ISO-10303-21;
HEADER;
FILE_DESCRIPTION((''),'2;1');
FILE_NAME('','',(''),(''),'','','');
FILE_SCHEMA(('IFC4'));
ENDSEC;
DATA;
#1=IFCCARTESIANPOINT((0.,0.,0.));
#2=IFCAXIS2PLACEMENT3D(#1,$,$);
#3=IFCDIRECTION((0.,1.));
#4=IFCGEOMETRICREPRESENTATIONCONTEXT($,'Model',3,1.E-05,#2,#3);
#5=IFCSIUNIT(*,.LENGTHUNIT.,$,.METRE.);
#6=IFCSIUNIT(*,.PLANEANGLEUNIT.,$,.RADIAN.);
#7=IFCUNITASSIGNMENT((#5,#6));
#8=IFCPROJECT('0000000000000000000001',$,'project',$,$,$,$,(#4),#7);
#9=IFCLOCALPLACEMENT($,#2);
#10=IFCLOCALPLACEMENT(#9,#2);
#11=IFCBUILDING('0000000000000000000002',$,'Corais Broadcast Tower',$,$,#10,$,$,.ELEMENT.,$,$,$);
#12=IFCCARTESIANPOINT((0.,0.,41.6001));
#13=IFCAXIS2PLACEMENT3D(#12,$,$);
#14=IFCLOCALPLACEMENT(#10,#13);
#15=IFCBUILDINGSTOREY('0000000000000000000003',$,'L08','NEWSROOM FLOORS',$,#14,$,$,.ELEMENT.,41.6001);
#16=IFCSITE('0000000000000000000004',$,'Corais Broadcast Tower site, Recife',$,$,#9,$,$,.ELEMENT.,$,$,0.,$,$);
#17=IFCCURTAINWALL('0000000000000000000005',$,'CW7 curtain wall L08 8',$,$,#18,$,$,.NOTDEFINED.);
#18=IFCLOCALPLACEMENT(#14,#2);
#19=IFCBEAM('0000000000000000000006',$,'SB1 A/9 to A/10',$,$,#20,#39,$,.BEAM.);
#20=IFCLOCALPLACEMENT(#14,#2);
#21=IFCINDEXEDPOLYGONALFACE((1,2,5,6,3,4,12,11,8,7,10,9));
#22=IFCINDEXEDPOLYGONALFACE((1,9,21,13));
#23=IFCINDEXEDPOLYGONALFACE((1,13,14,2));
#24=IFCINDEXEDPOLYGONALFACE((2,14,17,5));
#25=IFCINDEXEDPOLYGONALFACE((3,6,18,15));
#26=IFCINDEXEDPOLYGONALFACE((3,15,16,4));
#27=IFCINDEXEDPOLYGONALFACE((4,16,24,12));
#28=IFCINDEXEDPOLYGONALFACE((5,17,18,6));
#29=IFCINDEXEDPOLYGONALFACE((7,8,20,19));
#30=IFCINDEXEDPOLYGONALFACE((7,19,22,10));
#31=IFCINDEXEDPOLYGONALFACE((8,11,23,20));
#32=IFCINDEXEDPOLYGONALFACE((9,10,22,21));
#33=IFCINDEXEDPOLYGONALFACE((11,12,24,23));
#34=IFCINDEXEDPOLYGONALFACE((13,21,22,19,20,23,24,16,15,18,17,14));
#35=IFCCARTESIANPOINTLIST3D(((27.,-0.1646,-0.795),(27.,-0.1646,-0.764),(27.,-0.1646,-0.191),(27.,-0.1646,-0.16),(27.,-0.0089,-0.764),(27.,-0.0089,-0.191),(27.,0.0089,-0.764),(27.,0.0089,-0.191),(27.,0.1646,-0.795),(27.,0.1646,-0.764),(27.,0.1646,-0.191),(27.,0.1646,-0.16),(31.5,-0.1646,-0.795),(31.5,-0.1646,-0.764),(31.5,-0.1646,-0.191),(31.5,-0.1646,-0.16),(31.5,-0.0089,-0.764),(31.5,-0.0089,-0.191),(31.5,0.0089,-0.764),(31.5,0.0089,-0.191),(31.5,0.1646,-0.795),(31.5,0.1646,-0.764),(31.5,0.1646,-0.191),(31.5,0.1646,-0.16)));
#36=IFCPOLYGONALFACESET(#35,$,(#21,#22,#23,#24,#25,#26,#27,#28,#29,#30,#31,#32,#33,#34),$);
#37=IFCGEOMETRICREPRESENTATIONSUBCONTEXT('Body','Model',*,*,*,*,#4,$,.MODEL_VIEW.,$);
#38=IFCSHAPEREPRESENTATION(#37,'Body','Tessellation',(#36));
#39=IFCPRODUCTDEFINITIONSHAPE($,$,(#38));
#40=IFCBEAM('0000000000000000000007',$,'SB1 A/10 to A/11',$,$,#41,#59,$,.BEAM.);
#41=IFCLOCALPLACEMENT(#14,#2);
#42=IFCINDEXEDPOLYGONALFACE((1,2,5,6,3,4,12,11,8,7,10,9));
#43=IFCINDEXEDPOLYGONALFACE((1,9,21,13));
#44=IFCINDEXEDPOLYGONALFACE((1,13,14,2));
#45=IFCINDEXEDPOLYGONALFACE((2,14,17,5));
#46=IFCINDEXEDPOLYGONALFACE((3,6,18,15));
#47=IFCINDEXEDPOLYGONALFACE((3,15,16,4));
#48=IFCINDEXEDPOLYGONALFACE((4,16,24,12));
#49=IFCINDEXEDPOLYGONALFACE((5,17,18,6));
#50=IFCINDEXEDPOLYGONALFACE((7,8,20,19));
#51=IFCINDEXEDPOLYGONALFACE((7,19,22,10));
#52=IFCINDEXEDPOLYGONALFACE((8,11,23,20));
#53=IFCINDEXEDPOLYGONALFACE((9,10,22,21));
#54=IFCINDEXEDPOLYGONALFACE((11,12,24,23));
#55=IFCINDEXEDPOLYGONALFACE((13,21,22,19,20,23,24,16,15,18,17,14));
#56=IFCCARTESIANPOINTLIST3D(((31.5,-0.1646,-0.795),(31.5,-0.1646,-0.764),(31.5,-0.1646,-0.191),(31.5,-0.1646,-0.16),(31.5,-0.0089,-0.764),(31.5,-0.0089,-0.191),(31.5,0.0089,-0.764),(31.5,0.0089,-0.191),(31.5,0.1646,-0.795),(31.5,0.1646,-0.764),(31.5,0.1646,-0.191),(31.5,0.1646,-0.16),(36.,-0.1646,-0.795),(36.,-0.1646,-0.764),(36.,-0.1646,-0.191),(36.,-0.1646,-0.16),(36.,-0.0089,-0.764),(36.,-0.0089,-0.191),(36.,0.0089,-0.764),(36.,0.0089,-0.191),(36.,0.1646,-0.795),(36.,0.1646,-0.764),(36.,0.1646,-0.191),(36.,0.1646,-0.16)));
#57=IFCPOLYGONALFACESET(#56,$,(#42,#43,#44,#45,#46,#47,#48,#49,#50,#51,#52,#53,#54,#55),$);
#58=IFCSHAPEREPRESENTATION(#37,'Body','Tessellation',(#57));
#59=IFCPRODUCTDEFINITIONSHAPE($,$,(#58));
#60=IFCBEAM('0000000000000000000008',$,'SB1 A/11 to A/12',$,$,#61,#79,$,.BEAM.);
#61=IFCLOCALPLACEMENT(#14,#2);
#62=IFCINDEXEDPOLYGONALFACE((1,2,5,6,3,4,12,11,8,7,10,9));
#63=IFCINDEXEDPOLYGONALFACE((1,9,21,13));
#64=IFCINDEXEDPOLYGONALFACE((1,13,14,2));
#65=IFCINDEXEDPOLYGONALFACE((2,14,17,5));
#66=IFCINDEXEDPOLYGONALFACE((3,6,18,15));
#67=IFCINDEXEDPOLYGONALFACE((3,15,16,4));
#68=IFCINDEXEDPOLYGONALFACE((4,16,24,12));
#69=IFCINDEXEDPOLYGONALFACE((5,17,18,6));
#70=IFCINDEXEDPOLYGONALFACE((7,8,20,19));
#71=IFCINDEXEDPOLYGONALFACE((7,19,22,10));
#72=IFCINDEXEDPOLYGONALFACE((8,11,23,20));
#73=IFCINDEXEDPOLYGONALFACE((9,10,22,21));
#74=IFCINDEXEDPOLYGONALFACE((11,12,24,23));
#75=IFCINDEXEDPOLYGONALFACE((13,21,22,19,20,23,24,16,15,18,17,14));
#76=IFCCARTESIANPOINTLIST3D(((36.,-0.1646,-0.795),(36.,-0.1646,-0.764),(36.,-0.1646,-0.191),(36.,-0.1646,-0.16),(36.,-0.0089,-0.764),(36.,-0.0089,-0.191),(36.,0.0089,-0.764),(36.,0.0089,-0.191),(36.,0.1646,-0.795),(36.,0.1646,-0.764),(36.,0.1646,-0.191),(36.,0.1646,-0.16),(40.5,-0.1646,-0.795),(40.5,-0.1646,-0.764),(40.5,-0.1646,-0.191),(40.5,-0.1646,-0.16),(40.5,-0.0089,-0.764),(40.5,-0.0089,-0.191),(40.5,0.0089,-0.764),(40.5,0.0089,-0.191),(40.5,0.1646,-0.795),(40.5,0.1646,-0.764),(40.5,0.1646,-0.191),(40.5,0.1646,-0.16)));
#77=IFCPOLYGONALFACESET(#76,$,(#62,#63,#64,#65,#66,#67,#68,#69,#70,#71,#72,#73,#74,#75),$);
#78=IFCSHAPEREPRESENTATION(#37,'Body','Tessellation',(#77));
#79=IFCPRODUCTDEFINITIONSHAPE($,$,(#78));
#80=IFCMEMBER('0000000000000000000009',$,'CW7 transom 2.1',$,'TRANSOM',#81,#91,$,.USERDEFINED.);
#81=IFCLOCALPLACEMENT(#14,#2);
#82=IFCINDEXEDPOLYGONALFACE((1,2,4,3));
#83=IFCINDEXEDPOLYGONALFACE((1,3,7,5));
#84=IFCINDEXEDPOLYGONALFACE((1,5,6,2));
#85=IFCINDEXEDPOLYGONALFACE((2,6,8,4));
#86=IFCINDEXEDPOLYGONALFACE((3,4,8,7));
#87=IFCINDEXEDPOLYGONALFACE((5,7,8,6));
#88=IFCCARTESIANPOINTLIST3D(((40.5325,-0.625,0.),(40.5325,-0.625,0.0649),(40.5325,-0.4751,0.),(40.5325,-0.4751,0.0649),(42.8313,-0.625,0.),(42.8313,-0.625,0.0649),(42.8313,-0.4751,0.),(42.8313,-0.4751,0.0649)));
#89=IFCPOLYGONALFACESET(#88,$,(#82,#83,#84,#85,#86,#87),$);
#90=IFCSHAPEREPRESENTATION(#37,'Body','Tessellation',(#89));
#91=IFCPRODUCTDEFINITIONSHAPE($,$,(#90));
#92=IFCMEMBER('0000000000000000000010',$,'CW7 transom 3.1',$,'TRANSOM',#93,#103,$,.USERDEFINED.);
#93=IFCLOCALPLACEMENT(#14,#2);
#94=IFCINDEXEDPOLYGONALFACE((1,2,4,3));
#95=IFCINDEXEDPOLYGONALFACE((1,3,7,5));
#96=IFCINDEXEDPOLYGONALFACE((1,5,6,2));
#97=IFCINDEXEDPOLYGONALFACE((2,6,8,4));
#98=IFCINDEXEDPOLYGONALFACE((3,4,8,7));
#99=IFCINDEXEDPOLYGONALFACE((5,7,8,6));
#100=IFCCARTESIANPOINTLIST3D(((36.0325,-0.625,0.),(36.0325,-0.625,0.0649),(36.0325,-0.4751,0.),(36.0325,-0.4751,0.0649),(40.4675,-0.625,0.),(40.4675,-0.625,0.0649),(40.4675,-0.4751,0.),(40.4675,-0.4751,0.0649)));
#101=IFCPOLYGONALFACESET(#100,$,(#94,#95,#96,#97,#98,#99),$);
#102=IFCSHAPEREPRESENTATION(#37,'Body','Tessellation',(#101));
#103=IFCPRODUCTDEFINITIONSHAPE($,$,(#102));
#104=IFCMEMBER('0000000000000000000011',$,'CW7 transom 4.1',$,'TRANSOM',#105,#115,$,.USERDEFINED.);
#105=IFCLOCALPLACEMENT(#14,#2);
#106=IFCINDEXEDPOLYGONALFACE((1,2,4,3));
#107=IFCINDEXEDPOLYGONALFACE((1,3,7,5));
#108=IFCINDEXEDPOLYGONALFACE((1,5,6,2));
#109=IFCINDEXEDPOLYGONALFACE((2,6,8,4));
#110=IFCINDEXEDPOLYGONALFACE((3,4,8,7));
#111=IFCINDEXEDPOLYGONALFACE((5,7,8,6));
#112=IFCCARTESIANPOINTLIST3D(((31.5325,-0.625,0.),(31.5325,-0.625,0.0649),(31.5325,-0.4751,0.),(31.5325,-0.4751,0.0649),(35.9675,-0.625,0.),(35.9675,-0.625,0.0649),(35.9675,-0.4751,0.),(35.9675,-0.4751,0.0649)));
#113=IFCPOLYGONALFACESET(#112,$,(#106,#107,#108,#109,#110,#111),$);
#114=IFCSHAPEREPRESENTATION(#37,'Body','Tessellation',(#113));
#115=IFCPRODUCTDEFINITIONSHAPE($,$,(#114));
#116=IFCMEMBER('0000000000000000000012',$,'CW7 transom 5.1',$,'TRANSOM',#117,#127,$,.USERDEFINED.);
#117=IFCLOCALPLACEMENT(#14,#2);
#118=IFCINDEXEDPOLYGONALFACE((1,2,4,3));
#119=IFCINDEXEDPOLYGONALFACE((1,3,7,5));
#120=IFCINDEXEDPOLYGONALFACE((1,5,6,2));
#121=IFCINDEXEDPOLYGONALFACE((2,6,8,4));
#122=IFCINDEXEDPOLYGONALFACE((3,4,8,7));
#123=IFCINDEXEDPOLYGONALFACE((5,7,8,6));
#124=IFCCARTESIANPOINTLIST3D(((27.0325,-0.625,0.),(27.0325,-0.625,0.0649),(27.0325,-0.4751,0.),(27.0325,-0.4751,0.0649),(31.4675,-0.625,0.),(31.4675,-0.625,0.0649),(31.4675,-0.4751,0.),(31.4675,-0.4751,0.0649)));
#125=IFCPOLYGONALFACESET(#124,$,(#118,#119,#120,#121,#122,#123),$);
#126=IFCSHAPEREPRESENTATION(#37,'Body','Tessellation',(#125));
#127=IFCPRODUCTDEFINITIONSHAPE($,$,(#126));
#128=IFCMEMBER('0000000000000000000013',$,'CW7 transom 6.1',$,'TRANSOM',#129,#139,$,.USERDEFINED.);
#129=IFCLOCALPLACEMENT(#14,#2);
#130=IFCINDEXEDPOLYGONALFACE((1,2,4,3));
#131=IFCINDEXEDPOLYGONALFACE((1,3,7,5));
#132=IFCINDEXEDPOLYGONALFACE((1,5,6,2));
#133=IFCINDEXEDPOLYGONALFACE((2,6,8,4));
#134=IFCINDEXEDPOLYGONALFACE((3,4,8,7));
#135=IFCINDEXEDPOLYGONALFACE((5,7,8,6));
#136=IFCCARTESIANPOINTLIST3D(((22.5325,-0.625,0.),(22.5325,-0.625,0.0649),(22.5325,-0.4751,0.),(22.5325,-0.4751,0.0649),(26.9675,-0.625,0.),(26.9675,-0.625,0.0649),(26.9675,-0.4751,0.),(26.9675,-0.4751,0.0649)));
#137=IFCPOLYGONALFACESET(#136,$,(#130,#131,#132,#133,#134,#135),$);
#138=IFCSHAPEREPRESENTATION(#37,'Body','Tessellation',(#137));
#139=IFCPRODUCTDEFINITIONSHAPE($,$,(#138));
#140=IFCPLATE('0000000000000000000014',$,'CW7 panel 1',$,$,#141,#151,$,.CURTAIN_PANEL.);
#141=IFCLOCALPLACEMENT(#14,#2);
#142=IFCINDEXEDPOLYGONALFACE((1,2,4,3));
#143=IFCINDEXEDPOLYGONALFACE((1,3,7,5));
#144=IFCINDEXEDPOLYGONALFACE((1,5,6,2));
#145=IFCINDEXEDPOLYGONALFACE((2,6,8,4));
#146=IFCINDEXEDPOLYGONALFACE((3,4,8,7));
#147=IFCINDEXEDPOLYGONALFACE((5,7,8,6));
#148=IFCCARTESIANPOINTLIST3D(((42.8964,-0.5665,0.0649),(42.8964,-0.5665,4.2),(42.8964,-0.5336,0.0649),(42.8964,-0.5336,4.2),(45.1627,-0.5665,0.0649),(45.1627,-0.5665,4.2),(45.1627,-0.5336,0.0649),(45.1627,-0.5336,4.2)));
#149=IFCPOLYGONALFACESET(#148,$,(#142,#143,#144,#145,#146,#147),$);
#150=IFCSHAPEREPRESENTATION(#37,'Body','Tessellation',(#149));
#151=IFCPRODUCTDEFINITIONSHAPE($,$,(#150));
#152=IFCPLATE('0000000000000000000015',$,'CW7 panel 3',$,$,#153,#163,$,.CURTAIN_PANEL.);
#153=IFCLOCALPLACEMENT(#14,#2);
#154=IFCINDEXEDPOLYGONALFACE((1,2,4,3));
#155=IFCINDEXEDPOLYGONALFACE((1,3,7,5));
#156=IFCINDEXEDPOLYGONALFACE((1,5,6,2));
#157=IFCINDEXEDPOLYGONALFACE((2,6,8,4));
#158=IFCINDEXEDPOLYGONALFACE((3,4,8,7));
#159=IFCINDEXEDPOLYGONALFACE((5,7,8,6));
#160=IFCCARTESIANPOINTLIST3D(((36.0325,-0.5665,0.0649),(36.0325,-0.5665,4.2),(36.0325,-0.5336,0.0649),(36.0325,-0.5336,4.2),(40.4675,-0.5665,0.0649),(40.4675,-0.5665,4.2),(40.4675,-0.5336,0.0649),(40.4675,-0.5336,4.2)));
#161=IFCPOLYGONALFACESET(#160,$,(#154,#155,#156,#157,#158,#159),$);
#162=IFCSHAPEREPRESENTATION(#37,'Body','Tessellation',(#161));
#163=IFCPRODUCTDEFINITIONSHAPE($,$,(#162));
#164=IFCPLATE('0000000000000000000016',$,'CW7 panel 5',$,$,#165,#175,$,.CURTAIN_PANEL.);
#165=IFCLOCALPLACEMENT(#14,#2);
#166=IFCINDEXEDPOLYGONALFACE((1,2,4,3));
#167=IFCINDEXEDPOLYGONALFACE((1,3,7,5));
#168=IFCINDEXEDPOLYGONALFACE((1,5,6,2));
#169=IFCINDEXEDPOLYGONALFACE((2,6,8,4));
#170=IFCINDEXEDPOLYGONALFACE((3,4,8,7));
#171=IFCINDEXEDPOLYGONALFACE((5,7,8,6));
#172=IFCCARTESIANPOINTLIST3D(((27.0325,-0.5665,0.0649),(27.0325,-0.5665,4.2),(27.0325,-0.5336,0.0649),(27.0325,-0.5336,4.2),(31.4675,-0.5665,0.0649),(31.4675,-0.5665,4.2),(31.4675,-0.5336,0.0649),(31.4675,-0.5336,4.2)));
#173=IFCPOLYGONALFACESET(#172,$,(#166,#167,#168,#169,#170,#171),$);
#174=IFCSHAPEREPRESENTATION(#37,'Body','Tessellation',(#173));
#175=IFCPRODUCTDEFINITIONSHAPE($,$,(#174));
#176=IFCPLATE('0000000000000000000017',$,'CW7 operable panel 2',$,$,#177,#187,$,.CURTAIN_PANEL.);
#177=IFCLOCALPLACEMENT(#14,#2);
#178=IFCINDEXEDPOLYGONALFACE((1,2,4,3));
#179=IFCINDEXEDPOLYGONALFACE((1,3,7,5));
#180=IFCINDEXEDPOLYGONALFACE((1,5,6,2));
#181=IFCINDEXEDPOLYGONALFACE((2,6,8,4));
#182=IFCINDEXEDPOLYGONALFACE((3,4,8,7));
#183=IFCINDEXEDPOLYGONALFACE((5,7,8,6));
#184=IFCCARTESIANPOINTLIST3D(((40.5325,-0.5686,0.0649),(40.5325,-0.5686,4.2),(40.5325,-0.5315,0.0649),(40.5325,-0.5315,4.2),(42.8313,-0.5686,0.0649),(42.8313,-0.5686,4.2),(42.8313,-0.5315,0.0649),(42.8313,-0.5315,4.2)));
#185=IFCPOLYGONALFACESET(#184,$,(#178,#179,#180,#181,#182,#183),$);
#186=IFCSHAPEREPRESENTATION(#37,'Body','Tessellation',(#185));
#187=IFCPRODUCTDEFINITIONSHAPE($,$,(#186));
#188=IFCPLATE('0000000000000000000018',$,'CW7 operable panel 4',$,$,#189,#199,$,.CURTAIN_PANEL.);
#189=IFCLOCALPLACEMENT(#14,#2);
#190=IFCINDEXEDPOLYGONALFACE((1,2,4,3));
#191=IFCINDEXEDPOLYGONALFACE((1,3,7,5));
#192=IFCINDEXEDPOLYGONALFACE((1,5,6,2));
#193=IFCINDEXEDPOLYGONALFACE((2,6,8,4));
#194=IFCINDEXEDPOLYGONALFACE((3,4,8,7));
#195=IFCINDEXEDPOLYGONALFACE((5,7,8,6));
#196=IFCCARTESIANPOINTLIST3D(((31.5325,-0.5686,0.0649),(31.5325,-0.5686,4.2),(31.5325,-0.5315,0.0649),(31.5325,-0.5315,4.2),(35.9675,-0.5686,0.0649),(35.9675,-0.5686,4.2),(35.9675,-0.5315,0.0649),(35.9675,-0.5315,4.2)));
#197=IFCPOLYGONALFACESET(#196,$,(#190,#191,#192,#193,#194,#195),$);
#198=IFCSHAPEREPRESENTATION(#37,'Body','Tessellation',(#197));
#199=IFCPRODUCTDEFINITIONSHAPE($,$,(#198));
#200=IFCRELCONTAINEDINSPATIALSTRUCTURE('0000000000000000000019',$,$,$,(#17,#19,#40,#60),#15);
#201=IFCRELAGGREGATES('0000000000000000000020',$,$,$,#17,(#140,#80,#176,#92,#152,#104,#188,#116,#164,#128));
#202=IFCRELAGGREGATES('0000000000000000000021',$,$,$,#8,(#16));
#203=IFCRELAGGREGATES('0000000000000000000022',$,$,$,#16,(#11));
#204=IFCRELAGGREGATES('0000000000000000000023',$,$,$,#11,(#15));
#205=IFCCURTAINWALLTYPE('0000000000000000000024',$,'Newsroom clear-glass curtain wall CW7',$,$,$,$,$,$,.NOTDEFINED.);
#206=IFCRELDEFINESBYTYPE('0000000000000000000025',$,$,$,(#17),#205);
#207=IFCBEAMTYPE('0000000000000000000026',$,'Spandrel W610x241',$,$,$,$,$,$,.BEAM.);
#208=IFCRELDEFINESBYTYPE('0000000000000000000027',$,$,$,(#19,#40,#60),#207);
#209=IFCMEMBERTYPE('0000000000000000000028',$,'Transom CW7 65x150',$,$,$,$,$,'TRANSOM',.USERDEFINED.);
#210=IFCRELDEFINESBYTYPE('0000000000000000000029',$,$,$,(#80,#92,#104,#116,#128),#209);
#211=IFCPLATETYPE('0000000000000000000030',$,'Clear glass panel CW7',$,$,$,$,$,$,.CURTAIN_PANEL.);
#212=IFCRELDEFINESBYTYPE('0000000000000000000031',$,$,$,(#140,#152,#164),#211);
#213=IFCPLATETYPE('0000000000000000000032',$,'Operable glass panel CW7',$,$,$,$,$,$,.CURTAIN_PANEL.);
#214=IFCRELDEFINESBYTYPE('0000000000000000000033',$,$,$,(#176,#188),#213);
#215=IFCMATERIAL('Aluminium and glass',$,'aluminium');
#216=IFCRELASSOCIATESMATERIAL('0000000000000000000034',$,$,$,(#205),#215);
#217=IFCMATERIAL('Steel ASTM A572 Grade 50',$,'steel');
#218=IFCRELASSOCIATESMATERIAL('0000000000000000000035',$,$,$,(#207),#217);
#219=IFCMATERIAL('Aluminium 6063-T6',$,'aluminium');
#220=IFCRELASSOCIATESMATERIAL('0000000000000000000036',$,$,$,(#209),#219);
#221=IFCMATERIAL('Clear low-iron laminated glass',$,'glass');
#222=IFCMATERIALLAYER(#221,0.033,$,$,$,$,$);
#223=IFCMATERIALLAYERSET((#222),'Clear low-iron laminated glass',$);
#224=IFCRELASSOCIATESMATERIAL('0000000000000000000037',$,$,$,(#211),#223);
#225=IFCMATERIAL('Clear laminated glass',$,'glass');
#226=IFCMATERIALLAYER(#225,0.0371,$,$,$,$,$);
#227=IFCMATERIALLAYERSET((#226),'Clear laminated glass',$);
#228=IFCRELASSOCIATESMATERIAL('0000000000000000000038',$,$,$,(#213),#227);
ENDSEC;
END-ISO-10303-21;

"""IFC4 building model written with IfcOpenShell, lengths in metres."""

from ifc_helpers import new_model, si_unit, direction, frame, origin, origin_2d, place, context, subcontext, project, spatial, rectangle, i_section, extrude, material, layer, layer_set, material_profile, profile_set, type_object, element, aggregate, save


model = new_model("IFC4")

# Units and contexts
model_context = context("Model", 3, precision=1e-05, world=origin(), true_north=direction((0.0, 1.0)))
body_context = subcontext(model_context, "Body", "Model", "MODEL_VIEW")
ifc_project = project(units=[si_unit("LENGTHUNIT", "METRE"), si_unit("PLANEANGLEUNIT", "RADIAN")], contexts=[model_context])

# Site, building, storey
site_placement = place(None, origin())
site = spatial("IfcSite", under=ifc_project, at=site_placement, Name="Corais Broadcast Tower site, Recife", CompositionType="ELEMENT", RefElevation=0.0)
building_placement = place(site_placement, origin())
building = spatial("IfcBuilding", under=site, at=building_placement, Name="Corais Broadcast Tower", CompositionType="ELEMENT")
storey_placement = place(building_placement, frame((0.0, 0.0, 41.6001)))
storey = spatial("IfcBuildingStorey", under=building, at=storey_placement, Name="L08", Description="NEWSROOM FLOORS", CompositionType="ELEMENT", Elevation=41.6001)

# Curtain wall
ifc_material_1 = material(Name="Aluminium and glass", Category="aluminium")
curtain_wall_type = type_object("IfcCurtainWallType", Name="Newsroom clear-glass curtain wall CW7", PredefinedType="NOTDEFINED", material=ifc_material_1)
curtain_wall_placement = place(storey_placement, origin())
curtain_wall = element("IfcCurtainWall", 1, at=curtain_wall_placement, inside=storey, type_object=curtain_wall_type, Name="CW7 curtain wall L08 8", PredefinedType="NOTDEFINED")

# Beams
ifc_material_2 = material(Name="Steel ASTM A572 Grade 50", Category="steel")
ifc_material_profile_1 = material_profile(ifc_material_2, i_section(OverallWidth=0.3291, OverallDepth=0.635, WebThickness=0.0178, FlangeThickness=0.031, at=origin_2d()), Name="W610x241")
ifc_profile_set_1 = profile_set([ifc_material_profile_1], Name="Steel ASTM A572 Grade 50")
beam_type_1 = type_object("IfcBeamType", Name="Spandrel W610x241", PredefinedType="BEAM", material=ifc_profile_set_1)
for number, where, z_axis, x_axis, name in (
    (2, (27.0, 0.0, -0.4775), (1.0, 0.0, 0.0), (0.0, 1.0, 0.0), "SB1 A/9 to A/10"),
    (3, (31.5, 0.0, -0.4775), (1.0, 0.0, 0.0), (0.0, 1.0, 0.0), "SB1 A/10 to A/11"),
    (4, (36.0, 0.0, -0.4775), (1.0, 0.0, 0.0), (0.0, 1.0, 0.0), "SB1 A/11 to A/12"),
):
    element("IfcBeam", number, at=place(storey_placement, frame(where, z_axis=z_axis, x_axis=x_axis)), inside=storey, type_object=beam_type_1, Name=name, PredefinedType="BEAM", context=body_context, shape_type="SweptSolid", body=[
        extrude(i_section(OverallWidth=0.3291, OverallDepth=0.635, WebThickness=0.0178, FlangeThickness=0.031, at=origin_2d()), origin(), (0.0, 0.0, 1.0), 4.5),
    ])

# Members
ifc_material_3 = material(Name="Aluminium 6063-T6", Category="aluminium")
ifc_material_profile_2 = material_profile(ifc_material_3, rectangle(XDim=0.1499, YDim=0.0649, at=origin_2d()), Name="Transom CW7 65x150")
ifc_profile_set_2 = profile_set([ifc_material_profile_2], Name="Aluminium 6063-T6")
member_type_1 = type_object("IfcMemberType", Name="Transom CW7 65x150", ElementType="TRANSOM", PredefinedType="USERDEFINED", material=ifc_profile_set_2)
member_1_placement = place(storey_placement, frame((42.8313, -0.55, 0.0325), z_axis=(-1.0, 0.0, 0.0), x_axis=(0.0, -1.0, 0.0)))
member_1 = element("IfcMember", 5, at=member_1_placement, type_object=member_type_1, Name="CW7 transom 2.1", ObjectType="TRANSOM", PredefinedType="USERDEFINED", context=body_context, shape_type="SweptSolid", body=[
    extrude(rectangle(XDim=0.1499, YDim=0.0649, at=origin_2d()), origin(), (0.0, 0.0, 1.0), 2.2988),
])
member_2_placement = place(storey_placement, frame((40.4675, -0.55, 0.0325), z_axis=(-1.0, 0.0, 0.0), x_axis=(0.0, -1.0, 0.0)))
member_2 = element("IfcMember", 6, at=member_2_placement, type_object=member_type_1, Name="CW7 transom 3.1", ObjectType="TRANSOM", PredefinedType="USERDEFINED", context=body_context, shape_type="SweptSolid", body=[
    extrude(rectangle(XDim=0.1499, YDim=0.0649, at=origin_2d()), origin(), (0.0, 0.0, 1.0), 4.4351),
])
member_3_placement = place(storey_placement, frame((35.9675, -0.55, 0.0325), z_axis=(-1.0, 0.0, 0.0), x_axis=(0.0, -1.0, 0.0)))
member_3 = element("IfcMember", 7, at=member_3_placement, type_object=member_type_1, Name="CW7 transom 4.1", ObjectType="TRANSOM", PredefinedType="USERDEFINED", context=body_context, shape_type="SweptSolid", body=[
    extrude(rectangle(XDim=0.1499, YDim=0.0649, at=origin_2d()), origin(), (0.0, 0.0, 1.0), 4.4351),
])
member_4_placement = place(storey_placement, frame((31.4675, -0.55, 0.0325), z_axis=(-1.0, 0.0, 0.0), x_axis=(0.0, -1.0, 0.0)))
member_4 = element("IfcMember", 8, at=member_4_placement, type_object=member_type_1, Name="CW7 transom 5.1", ObjectType="TRANSOM", PredefinedType="USERDEFINED", context=body_context, shape_type="SweptSolid", body=[
    extrude(rectangle(XDim=0.1499, YDim=0.0649, at=origin_2d()), origin(), (0.0, 0.0, 1.0), 4.4351),
])
member_5_placement = place(storey_placement, frame((26.9675, -0.55, 0.0325), z_axis=(-1.0, 0.0, 0.0), x_axis=(0.0, -1.0, 0.0)))
member_5 = element("IfcMember", 9, at=member_5_placement, type_object=member_type_1, Name="CW7 transom 6.1", ObjectType="TRANSOM", PredefinedType="USERDEFINED", context=body_context, shape_type="SweptSolid", body=[
    extrude(rectangle(XDim=0.1499, YDim=0.0649, at=origin_2d()), origin(), (0.0, 0.0, 1.0), 4.4351),
])

# Plates
ifc_material_4 = material(Name="Clear low-iron laminated glass", Category="glass")
ifc_layer_1 = layer(ifc_material_4, 0.033)
ifc_layer_set_1 = layer_set([ifc_layer_1], Name="Clear low-iron laminated glass")
plate_type_1 = type_object("IfcPlateType", Name="Clear glass panel CW7", PredefinedType="CURTAIN_PANEL", material=ifc_layer_set_1)
plate_1_placement = place(storey_placement, frame((44.0295, -0.55, 0.0649), z_axis=(0.0, 0.0, 1.0), x_axis=(-1.0, 0.0, 0.0)))
plate_1 = element("IfcPlate", 10, at=plate_1_placement, type_object=plate_type_1, Name="CW7 panel 1", PredefinedType="CURTAIN_PANEL", context=body_context, shape_type="SweptSolid", body=[
    extrude(rectangle(XDim=2.2664, YDim=0.033, at=origin_2d()), origin(), (0.0, 0.0, 1.0), 4.135),
])
plate_2_placement = place(storey_placement, frame((38.25, -0.55, 0.0649), z_axis=(0.0, 0.0, 1.0), x_axis=(-1.0, 0.0, 0.0)))
plate_2 = element("IfcPlate", 11, at=plate_2_placement, type_object=plate_type_1, Name="CW7 panel 3", PredefinedType="CURTAIN_PANEL", context=body_context, shape_type="SweptSolid", body=[
    extrude(rectangle(XDim=4.4351, YDim=0.033, at=origin_2d()), origin(), (0.0, 0.0, 1.0), 4.135),
])
plate_3_placement = place(storey_placement, frame((29.25, -0.55, 0.0649), z_axis=(0.0, 0.0, 1.0), x_axis=(-1.0, 0.0, 0.0)))
plate_3 = element("IfcPlate", 12, at=plate_3_placement, type_object=plate_type_1, Name="CW7 panel 5", PredefinedType="CURTAIN_PANEL", context=body_context, shape_type="SweptSolid", body=[
    extrude(rectangle(XDim=4.4351, YDim=0.033, at=origin_2d()), origin(), (0.0, 0.0, 1.0), 4.135),
])
ifc_material_5 = material(Name="Clear laminated glass", Category="glass")
ifc_layer_2 = layer(ifc_material_5, 0.0371)
ifc_layer_set_2 = layer_set([ifc_layer_2], Name="Clear laminated glass")
plate_type_2 = type_object("IfcPlateType", Name="Operable glass panel CW7", PredefinedType="CURTAIN_PANEL", material=ifc_layer_set_2)
plate_4_placement = place(storey_placement, frame((41.6819, -0.55, 0.0649), z_axis=(0.0, 0.0, 1.0), x_axis=(-1.0, 0.0, 0.0)))
plate_4 = element("IfcPlate", 13, at=plate_4_placement, type_object=plate_type_2, Name="CW7 operable panel 2", PredefinedType="CURTAIN_PANEL", context=body_context, shape_type="SweptSolid", body=[
    extrude(rectangle(XDim=2.2988, YDim=0.0371, at=origin_2d()), origin(), (0.0, 0.0, 1.0), 4.135),
])
plate_5_placement = place(storey_placement, frame((33.75, -0.55, 0.0649), z_axis=(0.0, 0.0, 1.0), x_axis=(-1.0, 0.0, 0.0)))
plate_5 = element("IfcPlate", 14, at=plate_5_placement, type_object=plate_type_2, Name="CW7 operable panel 4", PredefinedType="CURTAIN_PANEL", context=body_context, shape_type="SweptSolid", body=[
    extrude(rectangle(XDim=4.4351, YDim=0.0371, at=origin_2d()), origin(), (0.0, 0.0, 1.0), 4.135),
])
aggregate(curtain_wall, [plate_1, member_1, plate_4, member_2, plate_2, member_3, plate_5, member_4, plate_3, member_5])

save(model, "model.ifc")
